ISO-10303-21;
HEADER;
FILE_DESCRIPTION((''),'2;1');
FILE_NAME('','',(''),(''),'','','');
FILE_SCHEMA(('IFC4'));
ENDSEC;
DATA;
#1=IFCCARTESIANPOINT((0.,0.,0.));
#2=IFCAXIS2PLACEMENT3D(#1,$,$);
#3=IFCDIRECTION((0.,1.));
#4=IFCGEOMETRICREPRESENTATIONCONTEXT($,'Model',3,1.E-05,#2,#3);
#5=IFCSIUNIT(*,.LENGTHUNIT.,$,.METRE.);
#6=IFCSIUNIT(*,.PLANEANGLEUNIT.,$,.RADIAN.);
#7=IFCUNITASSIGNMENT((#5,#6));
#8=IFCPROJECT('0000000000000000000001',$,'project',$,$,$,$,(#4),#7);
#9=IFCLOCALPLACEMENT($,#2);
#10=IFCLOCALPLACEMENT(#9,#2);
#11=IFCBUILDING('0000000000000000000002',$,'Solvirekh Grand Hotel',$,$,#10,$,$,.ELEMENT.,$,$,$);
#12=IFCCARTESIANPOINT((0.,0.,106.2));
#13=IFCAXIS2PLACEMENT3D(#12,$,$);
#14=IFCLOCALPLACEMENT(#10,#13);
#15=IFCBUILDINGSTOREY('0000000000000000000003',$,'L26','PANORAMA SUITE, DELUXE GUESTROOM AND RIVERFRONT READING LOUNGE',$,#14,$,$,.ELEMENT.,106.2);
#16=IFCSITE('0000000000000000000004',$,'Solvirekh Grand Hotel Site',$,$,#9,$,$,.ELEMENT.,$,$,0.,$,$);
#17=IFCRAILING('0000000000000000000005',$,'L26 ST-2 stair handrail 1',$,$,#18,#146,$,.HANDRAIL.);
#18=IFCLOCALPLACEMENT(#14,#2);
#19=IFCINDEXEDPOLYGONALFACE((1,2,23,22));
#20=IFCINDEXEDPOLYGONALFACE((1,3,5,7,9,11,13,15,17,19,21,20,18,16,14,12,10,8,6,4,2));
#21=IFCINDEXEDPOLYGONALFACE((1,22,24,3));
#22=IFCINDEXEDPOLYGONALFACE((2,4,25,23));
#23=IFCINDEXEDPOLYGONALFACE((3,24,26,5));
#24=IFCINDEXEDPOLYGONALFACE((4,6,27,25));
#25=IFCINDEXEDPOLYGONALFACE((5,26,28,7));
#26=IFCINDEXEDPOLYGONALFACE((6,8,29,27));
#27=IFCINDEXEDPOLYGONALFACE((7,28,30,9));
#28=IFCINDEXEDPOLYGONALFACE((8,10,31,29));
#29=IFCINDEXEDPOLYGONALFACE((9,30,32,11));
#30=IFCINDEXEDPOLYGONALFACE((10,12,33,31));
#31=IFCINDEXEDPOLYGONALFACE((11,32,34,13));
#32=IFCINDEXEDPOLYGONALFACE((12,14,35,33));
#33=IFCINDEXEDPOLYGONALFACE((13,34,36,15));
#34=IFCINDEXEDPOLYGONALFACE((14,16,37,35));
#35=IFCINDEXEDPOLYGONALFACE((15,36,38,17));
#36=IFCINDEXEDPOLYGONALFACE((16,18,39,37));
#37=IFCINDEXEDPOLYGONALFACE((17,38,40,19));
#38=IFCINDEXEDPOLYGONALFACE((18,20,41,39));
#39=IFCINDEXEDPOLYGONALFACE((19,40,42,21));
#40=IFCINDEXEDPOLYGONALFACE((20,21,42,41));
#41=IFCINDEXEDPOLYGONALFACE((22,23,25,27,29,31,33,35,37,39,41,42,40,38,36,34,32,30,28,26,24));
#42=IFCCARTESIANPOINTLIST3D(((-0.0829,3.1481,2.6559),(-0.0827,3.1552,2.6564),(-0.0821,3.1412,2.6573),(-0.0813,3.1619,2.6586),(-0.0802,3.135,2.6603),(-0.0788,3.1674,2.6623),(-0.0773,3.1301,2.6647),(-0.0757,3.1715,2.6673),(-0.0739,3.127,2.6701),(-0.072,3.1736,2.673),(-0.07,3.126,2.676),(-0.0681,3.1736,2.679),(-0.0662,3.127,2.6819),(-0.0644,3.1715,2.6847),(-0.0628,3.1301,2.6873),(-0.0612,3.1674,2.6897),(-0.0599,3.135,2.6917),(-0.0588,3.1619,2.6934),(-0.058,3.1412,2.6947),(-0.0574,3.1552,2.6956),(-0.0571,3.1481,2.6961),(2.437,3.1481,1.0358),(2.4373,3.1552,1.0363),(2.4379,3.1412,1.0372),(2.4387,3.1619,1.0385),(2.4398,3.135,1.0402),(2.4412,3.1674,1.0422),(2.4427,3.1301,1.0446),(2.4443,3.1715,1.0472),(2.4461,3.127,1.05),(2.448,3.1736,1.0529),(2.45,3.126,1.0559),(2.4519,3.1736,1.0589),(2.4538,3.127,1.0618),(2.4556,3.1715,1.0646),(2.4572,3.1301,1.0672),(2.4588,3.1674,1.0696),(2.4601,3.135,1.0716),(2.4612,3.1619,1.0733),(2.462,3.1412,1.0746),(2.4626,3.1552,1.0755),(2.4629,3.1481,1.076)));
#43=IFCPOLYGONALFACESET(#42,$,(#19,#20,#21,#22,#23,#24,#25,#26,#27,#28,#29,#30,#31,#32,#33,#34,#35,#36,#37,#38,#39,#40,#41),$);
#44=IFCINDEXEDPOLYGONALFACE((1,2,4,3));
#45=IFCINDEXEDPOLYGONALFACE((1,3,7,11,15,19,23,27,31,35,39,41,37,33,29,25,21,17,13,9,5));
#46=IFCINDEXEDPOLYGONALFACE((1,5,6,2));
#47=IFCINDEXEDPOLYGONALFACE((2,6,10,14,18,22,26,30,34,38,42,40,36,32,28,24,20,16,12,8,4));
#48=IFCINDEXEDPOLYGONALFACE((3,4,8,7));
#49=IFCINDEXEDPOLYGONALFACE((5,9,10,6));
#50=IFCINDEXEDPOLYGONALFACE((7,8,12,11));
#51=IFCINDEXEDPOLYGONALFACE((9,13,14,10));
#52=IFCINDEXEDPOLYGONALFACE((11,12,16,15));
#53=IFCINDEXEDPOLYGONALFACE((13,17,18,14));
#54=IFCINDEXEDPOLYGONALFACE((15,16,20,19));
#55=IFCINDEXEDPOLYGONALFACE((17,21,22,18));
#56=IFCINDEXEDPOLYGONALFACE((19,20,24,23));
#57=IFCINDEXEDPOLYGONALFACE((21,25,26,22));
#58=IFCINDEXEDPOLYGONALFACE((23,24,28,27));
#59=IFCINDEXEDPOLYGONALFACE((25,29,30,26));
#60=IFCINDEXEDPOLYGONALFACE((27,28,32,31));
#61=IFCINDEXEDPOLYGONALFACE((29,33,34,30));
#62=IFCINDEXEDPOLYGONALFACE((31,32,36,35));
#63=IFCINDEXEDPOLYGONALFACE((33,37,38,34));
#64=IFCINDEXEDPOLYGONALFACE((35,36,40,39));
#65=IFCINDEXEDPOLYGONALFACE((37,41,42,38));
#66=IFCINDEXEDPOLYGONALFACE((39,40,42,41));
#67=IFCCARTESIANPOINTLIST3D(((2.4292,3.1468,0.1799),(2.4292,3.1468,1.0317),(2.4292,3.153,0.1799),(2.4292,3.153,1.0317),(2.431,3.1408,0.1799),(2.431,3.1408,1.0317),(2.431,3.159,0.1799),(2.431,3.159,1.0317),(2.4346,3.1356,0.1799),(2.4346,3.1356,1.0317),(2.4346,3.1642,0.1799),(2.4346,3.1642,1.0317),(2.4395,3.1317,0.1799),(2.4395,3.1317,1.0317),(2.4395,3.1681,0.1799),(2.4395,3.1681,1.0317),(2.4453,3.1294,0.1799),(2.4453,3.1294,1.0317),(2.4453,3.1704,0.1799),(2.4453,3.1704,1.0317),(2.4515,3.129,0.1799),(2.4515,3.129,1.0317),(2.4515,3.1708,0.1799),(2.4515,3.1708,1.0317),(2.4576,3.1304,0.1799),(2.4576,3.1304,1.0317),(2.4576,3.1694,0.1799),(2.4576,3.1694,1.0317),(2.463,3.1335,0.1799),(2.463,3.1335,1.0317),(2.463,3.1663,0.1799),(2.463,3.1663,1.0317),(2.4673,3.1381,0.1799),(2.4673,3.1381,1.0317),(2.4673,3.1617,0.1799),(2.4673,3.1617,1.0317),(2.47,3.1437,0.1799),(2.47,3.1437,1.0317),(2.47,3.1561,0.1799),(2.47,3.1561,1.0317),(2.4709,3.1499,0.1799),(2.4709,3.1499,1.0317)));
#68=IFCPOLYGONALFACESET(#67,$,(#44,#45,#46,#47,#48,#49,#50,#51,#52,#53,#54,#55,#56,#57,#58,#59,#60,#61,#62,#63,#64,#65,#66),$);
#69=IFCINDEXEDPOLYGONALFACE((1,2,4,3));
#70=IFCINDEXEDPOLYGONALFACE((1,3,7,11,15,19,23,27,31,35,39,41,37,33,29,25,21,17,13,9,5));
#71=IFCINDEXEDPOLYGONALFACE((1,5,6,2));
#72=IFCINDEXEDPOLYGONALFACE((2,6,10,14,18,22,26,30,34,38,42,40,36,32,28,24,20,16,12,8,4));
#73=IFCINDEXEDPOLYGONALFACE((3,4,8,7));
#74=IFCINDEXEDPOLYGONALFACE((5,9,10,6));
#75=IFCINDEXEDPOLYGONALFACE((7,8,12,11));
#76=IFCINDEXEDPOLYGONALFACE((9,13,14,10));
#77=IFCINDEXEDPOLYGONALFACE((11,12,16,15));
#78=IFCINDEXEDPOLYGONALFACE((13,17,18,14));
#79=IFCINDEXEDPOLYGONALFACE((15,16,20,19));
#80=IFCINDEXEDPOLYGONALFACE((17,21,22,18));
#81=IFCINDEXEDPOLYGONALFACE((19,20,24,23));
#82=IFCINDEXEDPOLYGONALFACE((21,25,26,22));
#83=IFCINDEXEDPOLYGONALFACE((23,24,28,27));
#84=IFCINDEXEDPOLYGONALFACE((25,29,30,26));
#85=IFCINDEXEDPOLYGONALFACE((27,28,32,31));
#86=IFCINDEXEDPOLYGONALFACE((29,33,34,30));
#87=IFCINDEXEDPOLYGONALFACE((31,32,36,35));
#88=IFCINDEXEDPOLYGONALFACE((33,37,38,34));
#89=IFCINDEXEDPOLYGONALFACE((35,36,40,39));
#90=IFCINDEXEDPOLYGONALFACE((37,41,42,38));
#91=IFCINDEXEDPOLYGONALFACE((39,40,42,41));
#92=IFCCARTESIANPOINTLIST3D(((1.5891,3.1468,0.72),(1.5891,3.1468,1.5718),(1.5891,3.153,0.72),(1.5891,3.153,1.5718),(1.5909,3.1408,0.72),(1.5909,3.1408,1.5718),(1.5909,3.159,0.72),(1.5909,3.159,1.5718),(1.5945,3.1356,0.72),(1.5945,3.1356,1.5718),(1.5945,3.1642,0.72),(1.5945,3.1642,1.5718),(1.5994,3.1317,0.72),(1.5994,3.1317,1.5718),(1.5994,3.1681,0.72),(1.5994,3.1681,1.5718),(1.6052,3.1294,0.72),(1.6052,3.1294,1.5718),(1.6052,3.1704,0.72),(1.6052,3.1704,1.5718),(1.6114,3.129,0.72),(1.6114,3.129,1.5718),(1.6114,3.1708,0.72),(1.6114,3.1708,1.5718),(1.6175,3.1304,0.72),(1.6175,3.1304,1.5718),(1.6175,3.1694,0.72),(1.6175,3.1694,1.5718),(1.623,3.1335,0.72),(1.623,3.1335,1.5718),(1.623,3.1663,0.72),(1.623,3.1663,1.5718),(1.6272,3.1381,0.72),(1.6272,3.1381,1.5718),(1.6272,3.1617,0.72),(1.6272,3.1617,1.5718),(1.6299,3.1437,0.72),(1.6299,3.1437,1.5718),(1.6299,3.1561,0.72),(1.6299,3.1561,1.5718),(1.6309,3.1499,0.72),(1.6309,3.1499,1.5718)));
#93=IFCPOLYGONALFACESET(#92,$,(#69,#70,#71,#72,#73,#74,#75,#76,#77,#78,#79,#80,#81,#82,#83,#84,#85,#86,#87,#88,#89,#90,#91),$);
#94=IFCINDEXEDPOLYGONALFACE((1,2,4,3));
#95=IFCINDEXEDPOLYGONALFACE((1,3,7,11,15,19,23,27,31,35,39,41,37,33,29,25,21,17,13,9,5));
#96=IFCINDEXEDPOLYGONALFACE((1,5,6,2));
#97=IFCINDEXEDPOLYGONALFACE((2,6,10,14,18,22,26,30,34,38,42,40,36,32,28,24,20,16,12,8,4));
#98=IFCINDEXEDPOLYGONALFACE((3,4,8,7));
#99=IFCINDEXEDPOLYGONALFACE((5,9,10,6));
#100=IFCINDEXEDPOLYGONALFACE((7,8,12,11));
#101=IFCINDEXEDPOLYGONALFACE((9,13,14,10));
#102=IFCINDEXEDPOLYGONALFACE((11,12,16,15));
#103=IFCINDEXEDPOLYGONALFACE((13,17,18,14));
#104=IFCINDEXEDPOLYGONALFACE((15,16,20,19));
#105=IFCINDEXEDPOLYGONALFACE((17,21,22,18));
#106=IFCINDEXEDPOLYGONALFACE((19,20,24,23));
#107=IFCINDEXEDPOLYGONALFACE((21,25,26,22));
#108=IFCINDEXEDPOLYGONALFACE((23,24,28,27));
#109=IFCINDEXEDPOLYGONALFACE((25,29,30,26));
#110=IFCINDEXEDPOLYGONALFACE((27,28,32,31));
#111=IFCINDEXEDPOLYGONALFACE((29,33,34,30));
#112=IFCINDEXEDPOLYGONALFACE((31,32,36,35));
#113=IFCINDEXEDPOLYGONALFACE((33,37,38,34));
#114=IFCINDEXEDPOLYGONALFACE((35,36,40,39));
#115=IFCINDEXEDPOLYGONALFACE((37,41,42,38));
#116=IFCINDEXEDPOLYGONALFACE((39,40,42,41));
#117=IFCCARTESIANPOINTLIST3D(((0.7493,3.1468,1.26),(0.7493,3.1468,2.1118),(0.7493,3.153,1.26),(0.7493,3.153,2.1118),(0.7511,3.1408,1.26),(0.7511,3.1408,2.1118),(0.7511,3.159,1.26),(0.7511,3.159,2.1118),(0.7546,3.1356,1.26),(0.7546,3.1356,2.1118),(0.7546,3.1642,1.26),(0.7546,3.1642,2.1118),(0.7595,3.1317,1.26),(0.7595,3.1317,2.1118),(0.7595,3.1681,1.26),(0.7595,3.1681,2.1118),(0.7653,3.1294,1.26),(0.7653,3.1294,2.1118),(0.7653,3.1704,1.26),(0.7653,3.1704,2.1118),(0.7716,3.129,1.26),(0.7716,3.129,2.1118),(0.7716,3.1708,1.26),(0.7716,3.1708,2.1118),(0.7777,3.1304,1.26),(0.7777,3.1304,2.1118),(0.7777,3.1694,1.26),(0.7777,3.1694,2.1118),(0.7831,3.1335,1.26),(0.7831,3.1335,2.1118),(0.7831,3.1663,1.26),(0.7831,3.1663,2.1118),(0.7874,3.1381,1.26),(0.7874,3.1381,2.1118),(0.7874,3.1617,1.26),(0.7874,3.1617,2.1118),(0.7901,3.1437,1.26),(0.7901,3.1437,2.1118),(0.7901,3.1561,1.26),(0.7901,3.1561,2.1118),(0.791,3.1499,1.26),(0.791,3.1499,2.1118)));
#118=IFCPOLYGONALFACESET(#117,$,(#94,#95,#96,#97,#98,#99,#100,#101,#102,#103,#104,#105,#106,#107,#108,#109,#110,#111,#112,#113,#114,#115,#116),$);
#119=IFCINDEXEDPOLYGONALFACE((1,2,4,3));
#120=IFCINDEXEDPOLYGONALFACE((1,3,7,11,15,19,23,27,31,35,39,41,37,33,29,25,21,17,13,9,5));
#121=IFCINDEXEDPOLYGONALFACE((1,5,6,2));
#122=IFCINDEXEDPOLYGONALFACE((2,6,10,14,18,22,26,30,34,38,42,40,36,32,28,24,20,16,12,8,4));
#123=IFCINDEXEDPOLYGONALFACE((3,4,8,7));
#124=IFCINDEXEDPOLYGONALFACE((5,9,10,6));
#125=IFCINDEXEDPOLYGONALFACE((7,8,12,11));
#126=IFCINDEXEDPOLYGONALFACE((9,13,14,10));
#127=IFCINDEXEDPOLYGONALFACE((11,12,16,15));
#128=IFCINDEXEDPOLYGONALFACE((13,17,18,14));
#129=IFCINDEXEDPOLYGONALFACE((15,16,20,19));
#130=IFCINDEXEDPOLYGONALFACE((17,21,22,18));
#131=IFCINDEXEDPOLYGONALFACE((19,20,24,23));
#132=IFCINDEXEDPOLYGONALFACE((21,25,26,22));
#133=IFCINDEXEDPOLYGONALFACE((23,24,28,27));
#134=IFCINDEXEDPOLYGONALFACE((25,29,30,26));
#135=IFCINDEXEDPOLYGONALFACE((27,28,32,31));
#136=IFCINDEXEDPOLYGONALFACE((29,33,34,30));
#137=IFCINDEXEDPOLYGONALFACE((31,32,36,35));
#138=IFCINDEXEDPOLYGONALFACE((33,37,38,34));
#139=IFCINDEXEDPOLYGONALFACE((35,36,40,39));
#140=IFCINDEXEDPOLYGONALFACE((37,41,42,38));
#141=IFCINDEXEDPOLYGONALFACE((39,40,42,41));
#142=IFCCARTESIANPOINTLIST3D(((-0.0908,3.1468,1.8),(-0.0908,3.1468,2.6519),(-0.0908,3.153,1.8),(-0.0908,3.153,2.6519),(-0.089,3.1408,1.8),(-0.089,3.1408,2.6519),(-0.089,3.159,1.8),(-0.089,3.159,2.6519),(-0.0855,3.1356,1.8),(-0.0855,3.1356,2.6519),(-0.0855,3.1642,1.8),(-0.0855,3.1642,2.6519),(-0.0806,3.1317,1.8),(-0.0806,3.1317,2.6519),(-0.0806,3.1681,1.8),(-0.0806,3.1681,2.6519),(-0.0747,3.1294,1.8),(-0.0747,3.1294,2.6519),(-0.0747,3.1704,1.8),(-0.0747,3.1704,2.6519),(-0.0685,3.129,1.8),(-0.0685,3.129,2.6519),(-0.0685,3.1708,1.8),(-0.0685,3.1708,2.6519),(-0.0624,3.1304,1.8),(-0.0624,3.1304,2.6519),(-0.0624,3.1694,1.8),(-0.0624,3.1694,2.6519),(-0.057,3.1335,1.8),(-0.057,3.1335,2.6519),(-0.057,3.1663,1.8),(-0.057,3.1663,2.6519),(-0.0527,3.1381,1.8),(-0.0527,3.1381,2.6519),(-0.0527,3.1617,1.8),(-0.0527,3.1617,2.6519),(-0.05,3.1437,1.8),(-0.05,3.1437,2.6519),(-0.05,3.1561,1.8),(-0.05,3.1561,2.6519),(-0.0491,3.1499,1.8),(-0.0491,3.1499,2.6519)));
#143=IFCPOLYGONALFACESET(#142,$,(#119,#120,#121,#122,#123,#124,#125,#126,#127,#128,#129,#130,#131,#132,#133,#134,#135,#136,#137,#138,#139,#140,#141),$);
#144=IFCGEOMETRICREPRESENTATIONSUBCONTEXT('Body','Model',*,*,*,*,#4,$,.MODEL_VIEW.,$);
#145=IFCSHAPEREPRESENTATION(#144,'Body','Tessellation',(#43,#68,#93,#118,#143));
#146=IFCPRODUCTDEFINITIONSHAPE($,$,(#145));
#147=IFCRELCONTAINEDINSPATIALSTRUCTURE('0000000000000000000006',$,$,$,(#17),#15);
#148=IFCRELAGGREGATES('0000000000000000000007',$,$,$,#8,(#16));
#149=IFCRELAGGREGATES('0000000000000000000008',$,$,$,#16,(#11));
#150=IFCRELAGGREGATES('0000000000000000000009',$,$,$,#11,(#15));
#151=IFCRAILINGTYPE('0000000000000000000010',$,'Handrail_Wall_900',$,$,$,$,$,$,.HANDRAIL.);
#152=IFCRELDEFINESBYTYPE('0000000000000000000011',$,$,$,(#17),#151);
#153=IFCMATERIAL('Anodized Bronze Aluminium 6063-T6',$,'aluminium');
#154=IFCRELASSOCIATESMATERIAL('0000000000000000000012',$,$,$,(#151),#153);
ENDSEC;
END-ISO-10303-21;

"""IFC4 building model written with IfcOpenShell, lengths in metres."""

from ifc_helpers import new_model, si_unit, direction, frame, origin, origin_2d, place, context, subcontext, project, spatial, circle, extrude, material, type_object, element, save


model = new_model("IFC4")

# Units and contexts
model_context = context("Model", 3, precision=1e-05, world=origin(), true_north=direction((0.0, 1.0)))
body_context = subcontext(model_context, "Body", "Model", "MODEL_VIEW")
ifc_project = project(units=[si_unit("LENGTHUNIT", "METRE"), si_unit("PLANEANGLEUNIT", "RADIAN")], contexts=[model_context])

# Site, building, storey
site_placement = place(None, origin())
site = spatial("IfcSite", under=ifc_project, at=site_placement, Name="Solvirekh Grand Hotel Site", CompositionType="ELEMENT", RefElevation=0.0)
building_placement = place(site_placement, origin())
building = spatial("IfcBuilding", under=site, at=building_placement, Name="Solvirekh Grand Hotel", CompositionType="ELEMENT")
storey_placement = place(building_placement, frame((0.0, 0.0, 106.2)))
storey = spatial("IfcBuildingStorey", under=building, at=storey_placement, Name="L26", Description="PANORAMA SUITE, DELUXE GUESTROOM AND RIVERFRONT READING LOUNGE", CompositionType="ELEMENT", Elevation=106.2)

# Shared definitions
ifc_material_1 = material(Name="Anodized Bronze Aluminium 6063-T6", Category="aluminium")

# Railing
railing_type_1 = type_object("IfcRailingType", Name="Handrail_Wall_900", PredefinedType="HANDRAIL", material=ifc_material_1)
railing_1_placement = place(storey_placement, frame((2.45, 3.1499, 0.1799)))
element("IfcRailing", 1, at=railing_1_placement, inside=storey, type_object=railing_type_1, Name="L26 ST-2 stair handrail 1", PredefinedType="HANDRAIL", context=body_context, shape_type="SweptSolid", body=[
    extrude(circle(Radius=0.0239, at=origin_2d()), frame((0.0, 0.0, 0.876), z_axis=(-0.841163, 0.0, 0.540782), x_axis=(0.0, -1.0, 0.0)), (0.0, 0.0, 1.0), 2.9958),
    extrude(circle(Radius=0.021, at=origin_2d()), origin(), (0.0, 0.0, 1.0), 0.8518),
    extrude(circle(Radius=0.021, at=origin_2d()), frame((-0.8401, 0.0, 0.54)), (0.0, 0.0, 1.0), 0.8518),
    extrude(circle(Radius=0.021, at=origin_2d()), frame((-1.6799, 0.0, 1.0801)), (0.0, 0.0, 1.0), 0.8518),
    extrude(circle(Radius=0.021, at=origin_2d()), frame((-2.52, 0.0, 1.6201)), (0.0, 0.0, 1.0), 0.8518),
])

save(model, "model.ifc")
